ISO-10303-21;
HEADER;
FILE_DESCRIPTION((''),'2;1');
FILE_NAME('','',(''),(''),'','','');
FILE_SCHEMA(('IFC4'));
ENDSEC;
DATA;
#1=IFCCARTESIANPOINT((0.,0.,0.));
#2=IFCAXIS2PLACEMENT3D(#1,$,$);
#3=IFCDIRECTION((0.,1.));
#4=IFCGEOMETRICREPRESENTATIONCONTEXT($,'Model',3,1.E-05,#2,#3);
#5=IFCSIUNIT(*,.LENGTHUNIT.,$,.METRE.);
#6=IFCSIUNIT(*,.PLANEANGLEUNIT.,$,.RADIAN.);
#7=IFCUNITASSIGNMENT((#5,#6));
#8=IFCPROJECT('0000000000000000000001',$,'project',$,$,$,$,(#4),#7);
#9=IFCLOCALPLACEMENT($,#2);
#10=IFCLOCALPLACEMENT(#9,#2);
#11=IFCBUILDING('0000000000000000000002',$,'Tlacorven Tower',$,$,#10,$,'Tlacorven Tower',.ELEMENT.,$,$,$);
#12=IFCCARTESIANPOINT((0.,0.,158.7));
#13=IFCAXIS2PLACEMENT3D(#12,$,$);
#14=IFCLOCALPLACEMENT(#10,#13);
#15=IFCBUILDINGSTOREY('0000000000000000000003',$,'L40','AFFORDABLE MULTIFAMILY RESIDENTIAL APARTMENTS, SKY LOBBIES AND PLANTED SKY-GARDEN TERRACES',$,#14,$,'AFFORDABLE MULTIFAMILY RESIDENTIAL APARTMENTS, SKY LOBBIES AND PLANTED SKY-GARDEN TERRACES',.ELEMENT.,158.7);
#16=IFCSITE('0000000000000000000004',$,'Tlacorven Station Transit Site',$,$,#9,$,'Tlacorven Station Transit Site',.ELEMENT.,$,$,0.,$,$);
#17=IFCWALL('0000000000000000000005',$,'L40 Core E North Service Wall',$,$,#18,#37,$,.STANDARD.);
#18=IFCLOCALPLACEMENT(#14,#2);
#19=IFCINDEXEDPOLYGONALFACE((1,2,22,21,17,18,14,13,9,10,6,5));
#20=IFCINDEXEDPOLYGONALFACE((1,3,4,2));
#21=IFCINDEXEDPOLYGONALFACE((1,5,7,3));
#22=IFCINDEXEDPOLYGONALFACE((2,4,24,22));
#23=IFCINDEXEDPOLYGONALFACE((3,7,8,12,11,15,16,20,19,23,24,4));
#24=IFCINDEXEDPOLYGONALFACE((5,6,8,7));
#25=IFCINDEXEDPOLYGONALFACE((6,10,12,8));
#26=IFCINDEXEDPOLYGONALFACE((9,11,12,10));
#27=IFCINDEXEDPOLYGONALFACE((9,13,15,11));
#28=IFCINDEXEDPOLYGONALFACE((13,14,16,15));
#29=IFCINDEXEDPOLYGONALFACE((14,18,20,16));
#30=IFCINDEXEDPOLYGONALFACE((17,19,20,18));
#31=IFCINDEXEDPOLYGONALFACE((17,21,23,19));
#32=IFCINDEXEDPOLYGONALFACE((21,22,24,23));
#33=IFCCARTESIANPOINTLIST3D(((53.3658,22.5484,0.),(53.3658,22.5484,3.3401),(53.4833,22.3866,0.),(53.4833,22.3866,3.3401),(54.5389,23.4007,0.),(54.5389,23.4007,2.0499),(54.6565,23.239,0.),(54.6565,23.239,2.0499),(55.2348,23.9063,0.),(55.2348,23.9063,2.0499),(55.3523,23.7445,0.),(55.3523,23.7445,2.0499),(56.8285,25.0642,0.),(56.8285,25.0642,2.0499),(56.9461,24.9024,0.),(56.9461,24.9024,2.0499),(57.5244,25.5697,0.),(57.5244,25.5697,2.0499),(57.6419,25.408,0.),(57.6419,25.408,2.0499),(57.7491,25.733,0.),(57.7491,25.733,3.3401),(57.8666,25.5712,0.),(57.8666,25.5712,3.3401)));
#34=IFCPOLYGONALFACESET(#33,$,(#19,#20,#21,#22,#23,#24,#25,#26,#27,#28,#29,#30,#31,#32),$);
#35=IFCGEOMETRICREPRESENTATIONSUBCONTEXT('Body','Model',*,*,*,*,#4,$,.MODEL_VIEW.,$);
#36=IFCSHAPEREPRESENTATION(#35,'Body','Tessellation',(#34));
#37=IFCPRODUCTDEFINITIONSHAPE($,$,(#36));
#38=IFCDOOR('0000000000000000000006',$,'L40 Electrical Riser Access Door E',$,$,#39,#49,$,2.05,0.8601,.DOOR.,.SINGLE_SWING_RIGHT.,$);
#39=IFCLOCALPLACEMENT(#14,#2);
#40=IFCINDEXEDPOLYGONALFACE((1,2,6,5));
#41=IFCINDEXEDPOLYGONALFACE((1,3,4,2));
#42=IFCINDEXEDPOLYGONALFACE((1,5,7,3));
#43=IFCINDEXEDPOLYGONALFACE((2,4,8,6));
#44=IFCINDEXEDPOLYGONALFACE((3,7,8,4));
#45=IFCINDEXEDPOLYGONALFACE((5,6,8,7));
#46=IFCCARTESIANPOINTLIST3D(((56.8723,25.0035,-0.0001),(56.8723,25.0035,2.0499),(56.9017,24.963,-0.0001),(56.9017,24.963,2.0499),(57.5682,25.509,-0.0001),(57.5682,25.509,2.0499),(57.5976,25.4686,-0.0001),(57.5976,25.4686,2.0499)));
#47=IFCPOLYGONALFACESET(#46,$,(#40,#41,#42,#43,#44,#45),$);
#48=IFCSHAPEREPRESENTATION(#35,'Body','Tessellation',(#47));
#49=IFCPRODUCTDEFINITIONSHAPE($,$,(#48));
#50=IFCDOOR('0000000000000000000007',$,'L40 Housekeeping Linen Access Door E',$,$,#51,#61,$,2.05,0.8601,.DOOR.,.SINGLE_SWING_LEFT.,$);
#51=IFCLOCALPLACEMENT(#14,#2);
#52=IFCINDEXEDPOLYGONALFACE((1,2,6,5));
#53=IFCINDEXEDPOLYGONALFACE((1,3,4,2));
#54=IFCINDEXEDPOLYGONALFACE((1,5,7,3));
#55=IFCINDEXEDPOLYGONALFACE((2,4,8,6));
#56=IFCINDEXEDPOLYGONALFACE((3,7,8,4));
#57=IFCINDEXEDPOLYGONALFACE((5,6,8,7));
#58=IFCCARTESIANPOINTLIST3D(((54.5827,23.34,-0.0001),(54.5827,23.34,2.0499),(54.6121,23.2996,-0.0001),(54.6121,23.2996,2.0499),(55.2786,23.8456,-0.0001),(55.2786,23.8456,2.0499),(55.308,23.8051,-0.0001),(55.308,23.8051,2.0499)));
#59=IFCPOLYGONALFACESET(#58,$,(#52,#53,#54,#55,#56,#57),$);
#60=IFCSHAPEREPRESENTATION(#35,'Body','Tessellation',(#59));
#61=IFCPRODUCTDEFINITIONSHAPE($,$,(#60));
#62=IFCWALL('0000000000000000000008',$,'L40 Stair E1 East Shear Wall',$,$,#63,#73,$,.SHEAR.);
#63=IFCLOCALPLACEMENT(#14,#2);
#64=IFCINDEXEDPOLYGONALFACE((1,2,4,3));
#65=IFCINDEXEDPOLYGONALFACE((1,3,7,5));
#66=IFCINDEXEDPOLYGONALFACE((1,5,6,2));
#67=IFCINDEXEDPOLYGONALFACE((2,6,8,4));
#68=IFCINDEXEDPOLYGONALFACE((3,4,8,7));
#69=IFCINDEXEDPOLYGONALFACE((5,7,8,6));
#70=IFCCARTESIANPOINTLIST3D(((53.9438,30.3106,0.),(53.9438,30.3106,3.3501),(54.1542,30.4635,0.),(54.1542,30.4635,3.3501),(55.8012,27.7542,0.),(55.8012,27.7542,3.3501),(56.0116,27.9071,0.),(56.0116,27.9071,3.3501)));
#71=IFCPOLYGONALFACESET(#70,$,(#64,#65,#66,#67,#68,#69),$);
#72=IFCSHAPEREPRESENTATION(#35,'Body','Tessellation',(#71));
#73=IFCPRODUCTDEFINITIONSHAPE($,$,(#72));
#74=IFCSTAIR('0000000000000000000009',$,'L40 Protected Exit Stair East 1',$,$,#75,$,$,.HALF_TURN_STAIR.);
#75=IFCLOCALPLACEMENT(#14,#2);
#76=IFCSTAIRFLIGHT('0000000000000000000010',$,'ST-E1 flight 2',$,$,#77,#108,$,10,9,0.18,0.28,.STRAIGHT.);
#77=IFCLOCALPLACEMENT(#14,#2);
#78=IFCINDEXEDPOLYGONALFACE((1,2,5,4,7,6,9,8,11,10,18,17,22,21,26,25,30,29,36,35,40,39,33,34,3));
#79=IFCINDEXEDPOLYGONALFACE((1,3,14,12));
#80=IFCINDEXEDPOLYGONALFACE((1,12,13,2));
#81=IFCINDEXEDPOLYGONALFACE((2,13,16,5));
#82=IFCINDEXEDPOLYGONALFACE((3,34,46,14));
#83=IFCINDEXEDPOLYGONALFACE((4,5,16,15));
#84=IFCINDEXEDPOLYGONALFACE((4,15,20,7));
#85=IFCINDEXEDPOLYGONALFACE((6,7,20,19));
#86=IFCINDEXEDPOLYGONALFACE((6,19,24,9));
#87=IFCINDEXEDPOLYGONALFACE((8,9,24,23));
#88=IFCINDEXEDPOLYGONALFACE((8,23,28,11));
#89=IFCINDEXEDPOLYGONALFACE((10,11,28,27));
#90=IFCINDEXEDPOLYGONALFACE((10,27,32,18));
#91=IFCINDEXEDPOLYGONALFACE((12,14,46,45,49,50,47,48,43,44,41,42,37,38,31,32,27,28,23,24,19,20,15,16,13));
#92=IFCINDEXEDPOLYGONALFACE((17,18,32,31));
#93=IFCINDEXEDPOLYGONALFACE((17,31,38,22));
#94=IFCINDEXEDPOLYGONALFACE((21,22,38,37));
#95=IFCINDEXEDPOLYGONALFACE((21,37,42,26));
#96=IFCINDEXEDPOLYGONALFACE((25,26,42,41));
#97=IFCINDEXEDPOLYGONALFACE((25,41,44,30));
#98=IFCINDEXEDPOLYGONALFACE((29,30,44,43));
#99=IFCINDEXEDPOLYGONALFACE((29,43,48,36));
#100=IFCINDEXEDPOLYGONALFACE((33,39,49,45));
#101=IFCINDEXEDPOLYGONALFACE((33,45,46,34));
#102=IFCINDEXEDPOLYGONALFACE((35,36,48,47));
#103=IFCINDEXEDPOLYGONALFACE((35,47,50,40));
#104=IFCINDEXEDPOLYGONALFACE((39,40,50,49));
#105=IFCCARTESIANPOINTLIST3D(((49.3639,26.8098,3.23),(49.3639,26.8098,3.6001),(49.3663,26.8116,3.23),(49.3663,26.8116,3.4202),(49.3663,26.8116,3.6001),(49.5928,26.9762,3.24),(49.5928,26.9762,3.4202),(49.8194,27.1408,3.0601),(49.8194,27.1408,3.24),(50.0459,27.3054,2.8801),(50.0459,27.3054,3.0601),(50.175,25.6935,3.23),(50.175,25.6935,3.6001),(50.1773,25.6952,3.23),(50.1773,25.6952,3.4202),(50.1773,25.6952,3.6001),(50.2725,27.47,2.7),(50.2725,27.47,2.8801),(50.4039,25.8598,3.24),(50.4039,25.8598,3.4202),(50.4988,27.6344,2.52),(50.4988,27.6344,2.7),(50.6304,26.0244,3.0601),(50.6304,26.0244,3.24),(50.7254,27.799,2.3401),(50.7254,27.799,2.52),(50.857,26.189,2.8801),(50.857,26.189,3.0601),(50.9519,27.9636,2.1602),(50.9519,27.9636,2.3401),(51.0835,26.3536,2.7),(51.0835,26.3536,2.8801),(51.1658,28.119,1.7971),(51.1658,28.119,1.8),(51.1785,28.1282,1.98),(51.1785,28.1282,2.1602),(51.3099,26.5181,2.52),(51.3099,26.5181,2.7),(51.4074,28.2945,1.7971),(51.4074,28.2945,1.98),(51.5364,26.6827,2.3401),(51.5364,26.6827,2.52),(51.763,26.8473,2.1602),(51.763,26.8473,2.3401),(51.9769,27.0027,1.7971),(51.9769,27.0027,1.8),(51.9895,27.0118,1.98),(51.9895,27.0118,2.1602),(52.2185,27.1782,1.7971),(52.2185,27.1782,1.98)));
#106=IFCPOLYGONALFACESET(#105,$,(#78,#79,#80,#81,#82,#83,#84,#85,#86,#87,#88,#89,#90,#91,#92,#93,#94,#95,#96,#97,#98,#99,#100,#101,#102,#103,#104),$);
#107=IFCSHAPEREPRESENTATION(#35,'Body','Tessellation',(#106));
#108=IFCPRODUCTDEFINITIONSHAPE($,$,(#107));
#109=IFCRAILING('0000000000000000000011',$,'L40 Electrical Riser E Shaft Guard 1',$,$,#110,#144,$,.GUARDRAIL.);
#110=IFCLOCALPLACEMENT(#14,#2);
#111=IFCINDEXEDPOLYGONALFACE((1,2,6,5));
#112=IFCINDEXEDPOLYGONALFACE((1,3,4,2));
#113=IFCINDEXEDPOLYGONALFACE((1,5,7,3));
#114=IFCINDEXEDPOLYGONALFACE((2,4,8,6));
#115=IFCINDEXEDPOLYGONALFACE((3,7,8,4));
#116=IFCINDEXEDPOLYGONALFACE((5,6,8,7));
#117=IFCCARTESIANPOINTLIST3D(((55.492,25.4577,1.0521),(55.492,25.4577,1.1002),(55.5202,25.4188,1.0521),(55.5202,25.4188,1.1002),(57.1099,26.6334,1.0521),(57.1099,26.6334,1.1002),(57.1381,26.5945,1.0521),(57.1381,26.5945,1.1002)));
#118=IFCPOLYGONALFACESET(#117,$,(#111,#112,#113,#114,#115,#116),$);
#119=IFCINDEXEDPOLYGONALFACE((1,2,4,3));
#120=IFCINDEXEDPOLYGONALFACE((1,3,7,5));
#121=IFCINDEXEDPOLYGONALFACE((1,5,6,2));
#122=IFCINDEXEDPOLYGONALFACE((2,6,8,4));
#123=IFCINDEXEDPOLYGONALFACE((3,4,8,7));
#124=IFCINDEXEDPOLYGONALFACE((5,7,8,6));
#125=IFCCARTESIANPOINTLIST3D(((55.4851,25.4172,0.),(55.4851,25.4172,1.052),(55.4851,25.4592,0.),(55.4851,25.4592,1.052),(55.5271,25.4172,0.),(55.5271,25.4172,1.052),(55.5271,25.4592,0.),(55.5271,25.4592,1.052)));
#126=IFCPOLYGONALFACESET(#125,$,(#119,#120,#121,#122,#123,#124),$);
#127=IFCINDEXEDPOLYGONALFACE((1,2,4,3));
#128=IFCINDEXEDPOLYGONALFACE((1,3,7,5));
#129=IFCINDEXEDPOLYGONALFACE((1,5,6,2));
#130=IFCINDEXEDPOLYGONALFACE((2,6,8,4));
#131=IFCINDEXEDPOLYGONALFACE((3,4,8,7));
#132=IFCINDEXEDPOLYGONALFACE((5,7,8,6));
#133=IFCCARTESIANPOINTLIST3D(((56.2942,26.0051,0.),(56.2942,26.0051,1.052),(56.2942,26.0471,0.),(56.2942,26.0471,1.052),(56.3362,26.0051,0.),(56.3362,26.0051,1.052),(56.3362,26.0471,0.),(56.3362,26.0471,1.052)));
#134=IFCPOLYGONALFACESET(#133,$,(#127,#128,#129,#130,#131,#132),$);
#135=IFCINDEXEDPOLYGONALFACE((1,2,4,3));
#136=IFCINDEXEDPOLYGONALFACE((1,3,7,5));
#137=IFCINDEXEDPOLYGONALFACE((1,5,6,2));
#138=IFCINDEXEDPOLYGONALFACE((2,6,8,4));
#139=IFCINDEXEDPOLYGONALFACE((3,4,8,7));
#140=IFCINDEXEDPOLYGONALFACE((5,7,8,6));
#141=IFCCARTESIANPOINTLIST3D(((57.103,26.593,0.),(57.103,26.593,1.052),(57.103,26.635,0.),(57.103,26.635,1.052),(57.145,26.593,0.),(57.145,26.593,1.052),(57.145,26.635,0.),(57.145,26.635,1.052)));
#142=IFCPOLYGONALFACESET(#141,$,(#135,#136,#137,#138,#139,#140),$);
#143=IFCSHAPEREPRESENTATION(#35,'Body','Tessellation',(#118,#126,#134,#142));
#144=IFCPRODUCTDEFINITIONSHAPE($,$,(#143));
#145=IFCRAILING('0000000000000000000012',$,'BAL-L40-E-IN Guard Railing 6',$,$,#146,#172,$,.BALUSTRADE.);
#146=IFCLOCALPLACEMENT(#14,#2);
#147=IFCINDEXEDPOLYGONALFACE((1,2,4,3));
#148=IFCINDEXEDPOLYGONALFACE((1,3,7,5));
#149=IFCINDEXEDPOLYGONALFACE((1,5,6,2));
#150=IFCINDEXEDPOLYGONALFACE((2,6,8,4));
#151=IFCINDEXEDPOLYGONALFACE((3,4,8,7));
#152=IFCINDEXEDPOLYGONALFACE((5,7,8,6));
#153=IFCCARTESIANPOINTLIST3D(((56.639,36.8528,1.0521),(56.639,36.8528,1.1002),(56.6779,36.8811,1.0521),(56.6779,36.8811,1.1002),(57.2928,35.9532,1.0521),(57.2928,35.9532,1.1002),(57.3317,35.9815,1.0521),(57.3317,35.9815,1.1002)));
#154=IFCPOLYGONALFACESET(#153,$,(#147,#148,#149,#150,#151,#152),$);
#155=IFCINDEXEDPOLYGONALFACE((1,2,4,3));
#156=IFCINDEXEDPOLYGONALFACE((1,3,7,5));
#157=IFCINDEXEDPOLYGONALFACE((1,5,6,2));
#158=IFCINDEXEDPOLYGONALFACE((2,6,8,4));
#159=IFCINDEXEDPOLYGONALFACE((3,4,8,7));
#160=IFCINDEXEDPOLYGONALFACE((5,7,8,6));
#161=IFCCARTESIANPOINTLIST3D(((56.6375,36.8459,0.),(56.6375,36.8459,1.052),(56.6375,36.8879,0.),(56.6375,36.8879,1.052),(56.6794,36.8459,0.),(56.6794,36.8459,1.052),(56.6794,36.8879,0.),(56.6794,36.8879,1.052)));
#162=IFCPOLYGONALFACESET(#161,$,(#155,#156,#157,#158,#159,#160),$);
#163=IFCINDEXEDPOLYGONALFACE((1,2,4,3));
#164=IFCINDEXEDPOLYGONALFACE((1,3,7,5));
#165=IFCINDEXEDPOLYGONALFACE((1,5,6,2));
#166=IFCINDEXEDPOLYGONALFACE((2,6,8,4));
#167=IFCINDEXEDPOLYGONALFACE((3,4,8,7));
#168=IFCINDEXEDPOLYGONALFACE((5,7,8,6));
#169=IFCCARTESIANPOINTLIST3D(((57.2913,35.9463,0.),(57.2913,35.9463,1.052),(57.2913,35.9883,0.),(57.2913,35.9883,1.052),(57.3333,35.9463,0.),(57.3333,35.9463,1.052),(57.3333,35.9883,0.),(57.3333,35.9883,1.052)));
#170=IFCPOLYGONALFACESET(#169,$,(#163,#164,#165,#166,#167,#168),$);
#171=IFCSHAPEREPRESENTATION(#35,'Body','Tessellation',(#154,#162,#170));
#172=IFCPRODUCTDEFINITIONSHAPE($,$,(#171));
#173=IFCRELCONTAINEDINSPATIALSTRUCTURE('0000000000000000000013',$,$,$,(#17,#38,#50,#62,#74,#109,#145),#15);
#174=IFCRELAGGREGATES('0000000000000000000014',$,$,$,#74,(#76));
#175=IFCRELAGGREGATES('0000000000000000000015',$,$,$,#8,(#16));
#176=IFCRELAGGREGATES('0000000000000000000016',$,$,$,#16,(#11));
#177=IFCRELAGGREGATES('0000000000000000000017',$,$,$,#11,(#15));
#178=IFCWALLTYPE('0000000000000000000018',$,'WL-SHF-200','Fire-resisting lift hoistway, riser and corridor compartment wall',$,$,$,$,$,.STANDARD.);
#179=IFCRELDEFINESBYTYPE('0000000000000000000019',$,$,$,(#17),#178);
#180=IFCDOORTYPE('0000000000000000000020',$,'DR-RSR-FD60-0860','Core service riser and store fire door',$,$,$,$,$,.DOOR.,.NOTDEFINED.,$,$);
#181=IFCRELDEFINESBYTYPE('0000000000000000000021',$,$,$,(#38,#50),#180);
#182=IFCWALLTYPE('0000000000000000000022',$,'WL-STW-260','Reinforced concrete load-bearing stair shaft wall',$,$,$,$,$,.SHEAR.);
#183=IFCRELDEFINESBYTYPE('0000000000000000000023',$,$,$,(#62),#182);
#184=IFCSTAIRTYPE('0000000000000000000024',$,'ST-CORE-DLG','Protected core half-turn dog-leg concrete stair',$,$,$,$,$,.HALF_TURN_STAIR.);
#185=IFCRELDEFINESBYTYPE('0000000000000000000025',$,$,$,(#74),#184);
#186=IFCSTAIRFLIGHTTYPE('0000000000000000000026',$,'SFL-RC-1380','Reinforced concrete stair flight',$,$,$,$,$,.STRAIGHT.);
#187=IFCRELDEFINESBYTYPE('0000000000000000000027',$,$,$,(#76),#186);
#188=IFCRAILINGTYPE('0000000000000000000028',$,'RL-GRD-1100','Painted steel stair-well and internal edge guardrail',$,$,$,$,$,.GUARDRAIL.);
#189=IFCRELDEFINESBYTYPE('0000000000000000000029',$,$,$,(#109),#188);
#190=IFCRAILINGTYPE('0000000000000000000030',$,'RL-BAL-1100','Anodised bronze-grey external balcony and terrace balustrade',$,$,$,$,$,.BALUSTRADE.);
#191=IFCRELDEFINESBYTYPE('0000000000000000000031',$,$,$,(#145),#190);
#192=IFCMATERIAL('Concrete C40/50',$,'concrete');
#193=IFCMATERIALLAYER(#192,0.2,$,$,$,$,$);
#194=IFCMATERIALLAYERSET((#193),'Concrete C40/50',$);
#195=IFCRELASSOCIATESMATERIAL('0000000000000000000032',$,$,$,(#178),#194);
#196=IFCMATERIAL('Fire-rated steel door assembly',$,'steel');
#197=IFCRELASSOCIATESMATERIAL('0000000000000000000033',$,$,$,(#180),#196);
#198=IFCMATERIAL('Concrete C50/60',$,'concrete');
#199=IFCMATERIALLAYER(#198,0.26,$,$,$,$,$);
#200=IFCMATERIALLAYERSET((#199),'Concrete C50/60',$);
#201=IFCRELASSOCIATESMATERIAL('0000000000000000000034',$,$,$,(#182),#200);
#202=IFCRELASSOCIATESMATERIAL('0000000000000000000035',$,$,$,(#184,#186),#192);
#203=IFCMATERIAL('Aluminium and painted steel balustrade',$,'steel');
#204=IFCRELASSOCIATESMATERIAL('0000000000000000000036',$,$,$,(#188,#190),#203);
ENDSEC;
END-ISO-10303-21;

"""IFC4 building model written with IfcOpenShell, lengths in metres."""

from ifc_helpers import new_model, si_unit, direction, frame, frame_2d, origin, origin_2d, place, context, subcontext, project, spatial, polyline, rectangle, outline, extrude, source, transform, mapped, material, layer, layer_set, type_object, element, fill, aggregate, save


model = new_model("IFC4")

# Units and contexts
model_context = context("Model", 3, precision=1e-05, world=origin(), true_north=direction((0.0, 1.0)))
body_context = subcontext(model_context, "Body", "Model", "MODEL_VIEW")
ifc_project = project(units=[si_unit("LENGTHUNIT", "METRE"), si_unit("PLANEANGLEUNIT", "RADIAN")], contexts=[model_context])

# Site, building, storey
site_placement = place(None, origin())
site = spatial("IfcSite", under=ifc_project, at=site_placement, Name="Tlacorven Station Transit Site", LongName="Tlacorven Station Transit Site", CompositionType="ELEMENT", RefElevation=0.0)
building_placement = place(site_placement, origin())
building = spatial("IfcBuilding", under=site, at=building_placement, Name="Tlacorven Tower", LongName="Tlacorven Tower", CompositionType="ELEMENT")
storey_placement = place(building_placement, frame((0.0, 0.0, 158.7)))
storey = spatial("IfcBuildingStorey", under=building, at=storey_placement, Name="L40", Description="AFFORDABLE MULTIFAMILY RESIDENTIAL APARTMENTS, SKY LOBBIES AND PLANTED SKY-GARDEN TERRACES", LongName="AFFORDABLE MULTIFAMILY RESIDENTIAL APARTMENTS, SKY LOBBIES AND PLANTED SKY-GARDEN TERRACES", CompositionType="ELEMENT", Elevation=158.7)

# Shared definitions
ifc_material_1 = material(Name="Fire-rated steel door assembly", Category="steel")

# Shared definitions
ifc_material_2 = material(Name="Concrete C40/50", Category="concrete")
ifc_layer_1 = layer(ifc_material_2, 0.2)
ifc_layer_set_1 = layer_set([ifc_layer_1], Name="Concrete C40/50")
wall_type_1 = type_object("IfcWallType", Name="WL-SHF-200", Description="Fire-resisting lift hoistway, riser and corridor compartment wall", PredefinedType="STANDARD", material=ifc_layer_set_1)
door_type_1 = type_object("IfcDoorType", Name="DR-RSR-FD60-0860", Description="Core service riser and store fire door", OperationType="NOTDEFINED", PredefinedType="DOOR", material=ifc_material_1)
shared_shape_1 = source(origin(), body_context, "Body", "SweptSolid", [
    extrude(rectangle(XDim=0.8601, YDim=2.05, at=frame_2d((0.4302, 1.0249))), frame((0.0, 0.0249, 0.0), z_axis=(0.0, -1.0, 0.0), x_axis=(1.0, 0.0, 0.0)), (0.0, 0.0, 1.0), 0.05),
])

# Wall, openings, doors
wall_1_placement = place(storey_placement, frame((53.4246, 22.4675, 0.0), z_axis=(0.0, 0.0, 1.0), x_axis=(0.809024, 0.587775, 0.0)))
wall_1 = element("IfcWall", 1, at=wall_1_placement, inside=storey, type_object=wall_type_1, Name="L40 Core E North Service Wall", PredefinedType="STANDARD", context=body_context, shape_type="SweptSolid", body=[
    extrude(rectangle(XDim=5.418, YDim=0.2, at=frame_2d((2.709, 0.0))), origin(), (0.0, 0.0, 1.0), 3.3401),
])
opening_1_placement = place(wall_1_placement, frame((4.28, 0.0, 0.0)))
opening_1 = element("IfcOpeningElement", 2, at=opening_1_placement, cuts=wall_1, PredefinedType="OPENING", context=body_context, shape_type="SweptSolid", body=[
    extrude(rectangle(XDim=0.8601, YDim=2.05, at=frame_2d((0.4302, 1.0249))), frame((0.0, 0.1099, 0.0), z_axis=(0.0, -1.0, 0.0), x_axis=(1.0, 0.0, 0.0)), (0.0, 0.0, 1.0), 0.22),
])
opening_2_placement = place(wall_1_placement, frame((1.45, 0.0, 0.0)))
opening_2 = element("IfcOpeningElement", 3, at=opening_2_placement, cuts=wall_1, PredefinedType="OPENING", context=body_context, shape_type="SweptSolid", body=[
    extrude(rectangle(XDim=0.8601, YDim=2.05, at=frame_2d((0.4302, 1.0249))), frame((0.0, 0.1099, 0.0), z_axis=(0.0, -1.0, 0.0), x_axis=(1.0, 0.0, 0.0)), (0.0, 0.0, 1.0), 0.22),
])
door_1_placement = place(opening_1_placement, frame((0.8601, 0.0, 0.0), z_axis=(0.0, 0.0, 1.0), x_axis=(-1.0, 0.0, 0.0)))
door_1 = element("IfcDoor", 4, at=door_1_placement, inside=storey, type_object=door_type_1, Name="L40 Electrical Riser Access Door E", OperationType="SINGLE_SWING_RIGHT", OverallHeight=2.05, OverallWidth=0.8601, PredefinedType="DOOR", context=body_context, shape_type="MappedRepresentation", body=[
    mapped(shared_shape_1, transform((0.0, 0.0, 0.0), scale=1.0)),
])
fill(opening_1, door_1)
door_2_placement = place(opening_2_placement, frame((0.8601, 0.0, 0.0), z_axis=(0.0, 0.0, 1.0), x_axis=(-1.0, 0.0, 0.0)))
door_2 = element("IfcDoor", 5, at=door_2_placement, inside=storey, type_object=door_type_1, Name="L40 Housekeeping Linen Access Door E", OperationType="SINGLE_SWING_LEFT", OverallHeight=2.05, OverallWidth=0.8601, PredefinedType="DOOR", context=body_context, shape_type="MappedRepresentation", body=[
    mapped(shared_shape_1, transform((0.0, 0.0, 0.0), scale=1.0)),
])
fill(opening_2, door_2)

# Wall
ifc_material_3 = material(Name="Concrete C50/60", Category="concrete")
ifc_layer_2 = layer(ifc_material_3, 0.26)
ifc_layer_set_2 = layer_set([ifc_layer_2], Name="Concrete C50/60")
wall_type_2 = type_object("IfcWallType", Name="WL-STW-260", Description="Reinforced concrete load-bearing stair shaft wall", PredefinedType="SHEAR", material=ifc_layer_set_2)
wall_2_placement = place(storey_placement, frame((55.9065, 27.8306, 0.0), z_axis=(0.0, 0.0, 1.0), x_axis=(-0.587804, 0.809003, 0.0)))
element("IfcWall", 6, at=wall_2_placement, inside=storey, type_object=wall_type_2, Name="L40 Stair E1 East Shear Wall", PredefinedType="SHEAR", context=body_context, shape_type="SweptSolid", body=[
    extrude(rectangle(XDim=3.1599, YDim=0.26, at=frame_2d((1.5801, 0.0))), origin(), (0.0, 0.0, 1.0), 3.3501),
])

# Stair, stair flight
stair_type = type_object("IfcStairType", Name="ST-CORE-DLG", Description="Protected core half-turn dog-leg concrete stair", PredefinedType="HALF_TURN_STAIR", material=ifc_material_2)
stair_placement = place(storey_placement, origin())
stair = element("IfcStair", 7, at=stair_placement, inside=storey, type_object=stair_type, Name="L40 Protected Exit Stair East 1", PredefinedType="HALF_TURN_STAIR")
stair_flight_type = type_object("IfcStairFlightType", Name="SFL-RC-1380", Description="Reinforced concrete stair flight", PredefinedType="STRAIGHT", material=ifc_material_2)
shared_shape_2 = source(origin(), body_context, "Body", "SweptSolid", [
    extrude(outline(polyline([(-0.0029, -0.0029), (-0.0029, 0.1799), (0.28, 0.1799), (0.28, 0.3601), (0.5601, 0.3601), (0.5601, 0.54), (0.8401, 0.54), (0.8401, 0.72), (1.1201, 0.72), (1.1201, 0.8999), (1.3999, 0.8999), (1.3999, 1.0801), (1.6799, 1.0801), (1.6799, 1.26), (1.96, 1.26), (1.96, 1.4399), (2.24, 1.4399), (2.24, 1.6201), (2.52, 1.6201), (2.52, 1.8), (2.5229, 1.8), (2.5229, 1.4299), (2.52, 1.4299), (0.2957, 0.0), (0.2957, -0.0029), (-0.0029, -0.0029)])), frame((0.0, 0.6899, 0.0), z_axis=(0.0, -1.0, 0.0), x_axis=(1.0, 0.0, 0.0)), (0.0, 0.0, 1.0), 1.3799),
])
stair_flight_placement = place(storey_placement, frame((51.8105, 27.7346, 1.8), z_axis=(0.0, 0.0, 1.0), x_axis=(-0.809017, -0.587785, 0.0)))
stair_flight = element("IfcStairFlight", 8, at=stair_flight_placement, type_object=stair_flight_type, Name="ST-E1 flight 2", NumberOfRisers=10, NumberOfTreads=9, PredefinedType="STRAIGHT", RiserHeight=0.18, TreadLength=0.28, context=body_context, shape_type="MappedRepresentation", body=[
    mapped(shared_shape_2, transform((0.0, 0.0, 0.0), scale=1.0)),
])
aggregate(stair, [stair_flight])

# Railings
ifc_material_4 = material(Name="Aluminium and painted steel balustrade", Category="steel")
railing_type_1 = type_object("IfcRailingType", Name="RL-GRD-1100", Description="Painted steel stair-well and internal edge guardrail", PredefinedType="GUARDRAIL", material=ifc_material_4)
shared_shape_3 = source(origin(), body_context, "Body", "SweptSolid", [
    extrude(rectangle(XDim=0.0481, YDim=0.0481, at=origin_2d()), frame((0.0, 0.0, 1.0762), z_axis=(0.808947, 0.587881, 0.0), x_axis=(-0.587881, 0.808947, 0.0)), (0.0, 0.0, 1.0), 2.0),
    extrude(rectangle(XDim=0.042, YDim=0.042, at=origin_2d()), origin(), (0.0, 0.0, 1.0), 1.052),
    extrude(rectangle(XDim=0.042, YDim=0.042, at=origin_2d()), frame((0.8091, 0.5879, 0.0)), (0.0, 0.0, 1.0), 1.052),
    extrude(rectangle(XDim=0.042, YDim=0.042, at=origin_2d()), frame((1.6179, 1.1758, 0.0)), (0.0, 0.0, 1.0), 1.052),
])
railing_1_placement = place(storey_placement, frame((55.5061, 25.4382, 0.0)))
element("IfcRailing", 9, at=railing_1_placement, inside=storey, type_object=railing_type_1, Name="L40 Electrical Riser E Shaft Guard 1", PredefinedType="GUARDRAIL", context=body_context, shape_type="MappedRepresentation", body=[
    mapped(shared_shape_3, transform((0.0, 0.0, 0.0), scale=1.0)),
])
railing_type_2 = type_object("IfcRailingType", Name="RL-BAL-1100", Description="Anodised bronze-grey external balcony and terrace balustrade", PredefinedType="BALUSTRADE", material=ifc_material_4)
shared_shape_4 = source(origin(), body_context, "Body", "SweptSolid", [
    extrude(rectangle(XDim=0.0481, YDim=0.0481, at=origin_2d()), frame((0.0, 0.0, 1.0762), z_axis=(0.587884, -0.808945, 0.0), x_axis=(0.808945, 0.587884, 0.0)), (0.0, 0.0, 1.0), 1.1121),
    extrude(rectangle(XDim=0.042, YDim=0.042, at=origin_2d()), origin(), (0.0, 0.0, 1.0), 1.052),
    extrude(rectangle(XDim=0.042, YDim=0.042, at=origin_2d()), frame((0.6538, -0.8997, 0.0)), (0.0, 0.0, 1.0), 1.052),
])
railing_2_placement = place(storey_placement, frame((56.6584, 36.8669, 0.0)))
element("IfcRailing", 10, at=railing_2_placement, inside=storey, type_object=railing_type_2, Name="BAL-L40-E-IN Guard Railing 6", PredefinedType="BALUSTRADE", context=body_context, shape_type="MappedRepresentation", body=[
    mapped(shared_shape_4, transform((0.0, 0.0, 0.0), scale=1.0)),
])

save(model, "model.ifc")
